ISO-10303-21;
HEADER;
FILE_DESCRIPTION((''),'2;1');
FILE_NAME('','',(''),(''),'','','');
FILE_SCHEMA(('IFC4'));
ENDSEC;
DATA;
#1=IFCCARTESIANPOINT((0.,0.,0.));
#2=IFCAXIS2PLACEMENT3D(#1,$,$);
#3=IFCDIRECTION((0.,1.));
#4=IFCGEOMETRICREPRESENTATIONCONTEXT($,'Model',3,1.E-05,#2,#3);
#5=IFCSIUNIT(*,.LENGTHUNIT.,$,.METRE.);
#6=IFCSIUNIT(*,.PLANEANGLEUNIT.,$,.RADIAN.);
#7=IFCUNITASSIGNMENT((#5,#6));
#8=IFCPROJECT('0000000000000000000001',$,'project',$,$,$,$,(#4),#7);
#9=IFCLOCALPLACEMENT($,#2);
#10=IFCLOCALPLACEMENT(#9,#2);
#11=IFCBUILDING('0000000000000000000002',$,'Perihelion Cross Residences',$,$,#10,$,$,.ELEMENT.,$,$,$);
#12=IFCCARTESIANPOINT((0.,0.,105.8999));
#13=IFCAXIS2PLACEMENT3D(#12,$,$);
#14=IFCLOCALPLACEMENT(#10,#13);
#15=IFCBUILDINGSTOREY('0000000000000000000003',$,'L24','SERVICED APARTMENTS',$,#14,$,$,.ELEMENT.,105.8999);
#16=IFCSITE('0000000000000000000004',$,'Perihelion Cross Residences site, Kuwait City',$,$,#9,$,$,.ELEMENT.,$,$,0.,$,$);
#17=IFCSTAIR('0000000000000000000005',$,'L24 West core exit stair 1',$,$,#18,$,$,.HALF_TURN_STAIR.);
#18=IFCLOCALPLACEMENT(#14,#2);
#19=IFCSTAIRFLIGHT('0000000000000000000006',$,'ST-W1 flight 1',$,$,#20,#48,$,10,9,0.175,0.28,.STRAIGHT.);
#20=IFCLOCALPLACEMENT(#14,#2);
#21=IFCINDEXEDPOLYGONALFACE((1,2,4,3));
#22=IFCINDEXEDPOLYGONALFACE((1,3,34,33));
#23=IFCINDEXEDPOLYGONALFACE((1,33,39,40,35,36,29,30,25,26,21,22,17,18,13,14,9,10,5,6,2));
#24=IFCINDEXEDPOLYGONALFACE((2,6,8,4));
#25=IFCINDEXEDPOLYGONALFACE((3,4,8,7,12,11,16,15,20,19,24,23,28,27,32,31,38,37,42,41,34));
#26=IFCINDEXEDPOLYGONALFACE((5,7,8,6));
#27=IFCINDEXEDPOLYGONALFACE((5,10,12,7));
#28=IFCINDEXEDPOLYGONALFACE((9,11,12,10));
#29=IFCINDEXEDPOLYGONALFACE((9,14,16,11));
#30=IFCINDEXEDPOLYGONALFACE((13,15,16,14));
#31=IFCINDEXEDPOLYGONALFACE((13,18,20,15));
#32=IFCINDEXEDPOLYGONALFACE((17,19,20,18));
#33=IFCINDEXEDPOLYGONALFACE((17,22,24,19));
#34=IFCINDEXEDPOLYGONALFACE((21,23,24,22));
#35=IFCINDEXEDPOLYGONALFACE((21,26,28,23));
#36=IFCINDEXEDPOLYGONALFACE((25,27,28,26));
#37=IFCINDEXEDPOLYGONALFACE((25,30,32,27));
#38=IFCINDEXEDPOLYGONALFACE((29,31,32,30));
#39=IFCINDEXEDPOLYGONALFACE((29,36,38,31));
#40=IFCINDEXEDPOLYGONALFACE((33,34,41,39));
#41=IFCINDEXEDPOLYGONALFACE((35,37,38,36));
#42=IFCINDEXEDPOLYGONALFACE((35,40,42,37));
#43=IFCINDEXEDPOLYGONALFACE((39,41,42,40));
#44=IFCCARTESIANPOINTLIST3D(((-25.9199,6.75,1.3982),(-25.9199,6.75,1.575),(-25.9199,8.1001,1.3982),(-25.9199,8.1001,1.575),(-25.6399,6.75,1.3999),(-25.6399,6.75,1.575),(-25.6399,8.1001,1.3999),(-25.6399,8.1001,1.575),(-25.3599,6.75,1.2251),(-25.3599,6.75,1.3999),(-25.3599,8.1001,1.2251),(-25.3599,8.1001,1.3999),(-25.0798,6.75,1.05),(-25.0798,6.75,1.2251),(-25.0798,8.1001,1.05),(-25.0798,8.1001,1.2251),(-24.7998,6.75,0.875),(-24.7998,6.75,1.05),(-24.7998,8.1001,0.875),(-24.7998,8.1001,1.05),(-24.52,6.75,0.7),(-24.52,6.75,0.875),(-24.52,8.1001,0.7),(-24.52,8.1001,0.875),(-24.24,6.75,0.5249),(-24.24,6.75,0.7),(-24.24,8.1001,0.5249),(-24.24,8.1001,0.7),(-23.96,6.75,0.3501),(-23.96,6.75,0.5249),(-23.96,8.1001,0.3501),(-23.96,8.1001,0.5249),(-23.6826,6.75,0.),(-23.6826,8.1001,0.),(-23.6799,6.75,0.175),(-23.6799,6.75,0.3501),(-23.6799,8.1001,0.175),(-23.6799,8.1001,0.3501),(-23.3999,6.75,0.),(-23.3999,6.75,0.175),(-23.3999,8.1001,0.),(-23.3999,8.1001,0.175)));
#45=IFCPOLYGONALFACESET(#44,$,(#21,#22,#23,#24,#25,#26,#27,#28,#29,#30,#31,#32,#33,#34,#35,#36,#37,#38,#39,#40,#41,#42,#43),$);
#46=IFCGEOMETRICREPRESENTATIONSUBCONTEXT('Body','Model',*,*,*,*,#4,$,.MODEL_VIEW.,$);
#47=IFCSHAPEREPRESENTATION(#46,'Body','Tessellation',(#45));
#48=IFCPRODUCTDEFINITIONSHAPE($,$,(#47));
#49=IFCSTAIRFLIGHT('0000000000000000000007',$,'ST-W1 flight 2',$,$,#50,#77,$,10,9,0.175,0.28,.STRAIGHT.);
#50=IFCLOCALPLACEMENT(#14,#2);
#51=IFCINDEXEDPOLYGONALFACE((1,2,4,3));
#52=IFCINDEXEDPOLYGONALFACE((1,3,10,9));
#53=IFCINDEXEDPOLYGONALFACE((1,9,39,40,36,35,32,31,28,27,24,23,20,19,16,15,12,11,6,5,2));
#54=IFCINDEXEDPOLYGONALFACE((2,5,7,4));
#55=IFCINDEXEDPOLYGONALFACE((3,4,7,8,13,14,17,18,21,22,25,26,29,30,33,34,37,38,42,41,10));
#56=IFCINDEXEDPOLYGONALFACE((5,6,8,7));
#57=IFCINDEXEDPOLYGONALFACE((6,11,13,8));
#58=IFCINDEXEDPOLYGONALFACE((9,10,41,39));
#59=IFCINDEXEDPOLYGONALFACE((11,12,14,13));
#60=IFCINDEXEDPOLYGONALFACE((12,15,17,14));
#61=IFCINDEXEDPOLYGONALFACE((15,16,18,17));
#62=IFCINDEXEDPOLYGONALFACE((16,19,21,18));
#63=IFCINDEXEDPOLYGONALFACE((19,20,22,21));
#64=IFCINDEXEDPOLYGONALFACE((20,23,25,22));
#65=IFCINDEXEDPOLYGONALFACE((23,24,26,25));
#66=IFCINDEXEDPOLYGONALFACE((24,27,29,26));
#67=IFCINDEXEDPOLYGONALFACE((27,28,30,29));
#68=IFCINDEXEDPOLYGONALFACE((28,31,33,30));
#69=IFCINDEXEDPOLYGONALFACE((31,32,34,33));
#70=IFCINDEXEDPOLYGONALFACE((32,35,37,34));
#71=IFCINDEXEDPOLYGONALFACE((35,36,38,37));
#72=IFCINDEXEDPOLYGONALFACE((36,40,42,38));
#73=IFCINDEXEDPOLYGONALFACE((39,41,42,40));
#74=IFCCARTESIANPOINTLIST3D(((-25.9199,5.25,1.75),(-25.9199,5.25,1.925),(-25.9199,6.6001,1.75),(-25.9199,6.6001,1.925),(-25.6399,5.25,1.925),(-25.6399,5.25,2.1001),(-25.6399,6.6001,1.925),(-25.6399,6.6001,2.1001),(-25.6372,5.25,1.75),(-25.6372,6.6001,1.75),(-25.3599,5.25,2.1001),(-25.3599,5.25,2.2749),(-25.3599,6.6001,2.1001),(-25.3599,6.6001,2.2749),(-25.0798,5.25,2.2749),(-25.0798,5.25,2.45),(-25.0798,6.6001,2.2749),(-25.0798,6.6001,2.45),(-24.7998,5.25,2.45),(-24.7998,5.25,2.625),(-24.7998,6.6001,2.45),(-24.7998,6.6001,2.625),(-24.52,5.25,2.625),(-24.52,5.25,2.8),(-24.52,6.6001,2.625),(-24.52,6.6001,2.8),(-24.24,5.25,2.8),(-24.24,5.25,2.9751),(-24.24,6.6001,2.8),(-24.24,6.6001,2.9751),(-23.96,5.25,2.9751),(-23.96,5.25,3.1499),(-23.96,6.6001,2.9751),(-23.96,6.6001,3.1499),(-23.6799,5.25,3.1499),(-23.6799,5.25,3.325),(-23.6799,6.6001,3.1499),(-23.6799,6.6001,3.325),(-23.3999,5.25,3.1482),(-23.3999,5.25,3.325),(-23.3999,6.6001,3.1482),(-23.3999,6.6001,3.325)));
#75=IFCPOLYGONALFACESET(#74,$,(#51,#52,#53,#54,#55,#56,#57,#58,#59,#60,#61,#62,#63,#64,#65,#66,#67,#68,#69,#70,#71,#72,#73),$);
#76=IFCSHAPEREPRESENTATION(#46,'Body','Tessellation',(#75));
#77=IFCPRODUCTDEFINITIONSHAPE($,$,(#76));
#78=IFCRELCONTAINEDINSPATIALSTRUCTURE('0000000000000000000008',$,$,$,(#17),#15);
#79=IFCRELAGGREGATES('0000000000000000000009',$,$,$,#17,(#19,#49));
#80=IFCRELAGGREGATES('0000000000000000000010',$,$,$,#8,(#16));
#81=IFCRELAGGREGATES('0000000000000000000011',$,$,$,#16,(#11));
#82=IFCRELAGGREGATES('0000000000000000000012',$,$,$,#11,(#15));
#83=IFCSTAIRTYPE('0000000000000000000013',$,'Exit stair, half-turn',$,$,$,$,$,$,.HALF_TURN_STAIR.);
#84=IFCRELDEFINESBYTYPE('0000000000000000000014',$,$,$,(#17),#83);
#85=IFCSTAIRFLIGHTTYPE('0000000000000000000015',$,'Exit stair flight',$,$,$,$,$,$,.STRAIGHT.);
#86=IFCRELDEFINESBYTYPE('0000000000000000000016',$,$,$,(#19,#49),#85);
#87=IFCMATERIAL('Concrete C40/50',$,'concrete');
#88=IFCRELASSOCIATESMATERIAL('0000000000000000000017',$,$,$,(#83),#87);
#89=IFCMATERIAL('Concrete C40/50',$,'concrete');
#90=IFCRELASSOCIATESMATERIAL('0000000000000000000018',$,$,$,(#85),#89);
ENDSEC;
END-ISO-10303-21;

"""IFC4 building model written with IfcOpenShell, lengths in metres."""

from ifc_helpers import new_model, si_unit, direction, frame, origin, place, context, subcontext, project, spatial, polyline, outline, extrude, material, type_object, element, aggregate, save


model = new_model("IFC4")

# Units and contexts
model_context = context("Model", 3, precision=1e-05, world=origin(), true_north=direction((0.0, 1.0)))
body_context = subcontext(model_context, "Body", "Model", "MODEL_VIEW")
ifc_project = project(units=[si_unit("LENGTHUNIT", "METRE"), si_unit("PLANEANGLEUNIT", "RADIAN")], contexts=[model_context])

# Site, building, storey
site_placement = place(None, origin())
site = spatial("IfcSite", under=ifc_project, at=site_placement, Name="Perihelion Cross Residences site, Kuwait City", CompositionType="ELEMENT", RefElevation=0.0)
building_placement = place(site_placement, origin())
building = spatial("IfcBuilding", under=site, at=building_placement, Name="Perihelion Cross Residences", CompositionType="ELEMENT")
storey_placement = place(building_placement, frame((0.0, 0.0, 105.8999)))
storey = spatial("IfcBuildingStorey", under=building, at=storey_placement, Name="L24", Description="SERVICED APARTMENTS", CompositionType="ELEMENT", Elevation=105.8999)

# Stair, stair flights
ifc_material_1 = material(Name="Concrete C40/50", Category="concrete")
stair_type = type_object("IfcStairType", Name="Exit stair, half-turn", PredefinedType="HALF_TURN_STAIR", material=ifc_material_1)
stair_placement = place(storey_placement, origin())
stair = element("IfcStair", 1, at=stair_placement, inside=storey, type_object=stair_type, Name="L24 West core exit stair 1", PredefinedType="HALF_TURN_STAIR")
ifc_material_2 = material(Name="Concrete C40/50", Category="concrete")
stair_flight_type = type_object("IfcStairFlightType", Name="Exit stair flight", PredefinedType="STRAIGHT", material=ifc_material_2)
stair_flight_1_placement = place(storey_placement, frame((-23.3999, 7.425, 0.0), z_axis=(0.0, 0.0, 1.0), x_axis=(-1.0, 0.0, 0.0)))
stair_flight_1 = element("IfcStairFlight", 2, at=stair_flight_1_placement, type_object=stair_flight_type, Name="ST-W1 flight 1", NumberOfRisers=10, NumberOfTreads=9, PredefinedType="STRAIGHT", RiserHeight=0.175, TreadLength=0.28, context=body_context, shape_type="SweptSolid", body=[
    extrude(outline(polyline([(0.0, 0.0), (0.0, 0.175), (0.28, 0.175), (0.28, 0.3501), (0.5601, 0.3501), (0.5601, 0.5249), (0.8401, 0.5249), (0.8401, 0.7), (1.1201, 0.7), (1.1201, 0.875), (1.3999, 0.875), (1.3999, 1.05), (1.6799, 1.05), (1.6799, 1.2251), (1.96, 1.2251), (1.96, 1.3999), (2.24, 1.3999), (2.24, 1.575), (2.52, 1.575), (2.52, 1.75), (2.52, 1.3982), (0.2827, 0.0), (0.0, 0.0)])), frame((0.0, 0.675, 0.0), z_axis=(0.0, -1.0, 0.0), x_axis=(1.0, 0.0, 0.0)), (0.0, 0.0, 1.0), 1.3501),
])
stair_flight_2_placement = place(storey_placement, frame((-25.9199, 5.925, 1.75), z_axis=(0.0, 0.0, 1.0), x_axis=(1.0, 0.0, 0.0)))
stair_flight_2 = element("IfcStairFlight", 3, at=stair_flight_2_placement, type_object=stair_flight_type, Name="ST-W1 flight 2", NumberOfRisers=10, NumberOfTreads=9, PredefinedType="STRAIGHT", RiserHeight=0.175, TreadLength=0.28, context=body_context, shape_type="SweptSolid", body=[
    extrude(outline(polyline([(0.0, 0.0), (0.0, 0.175), (0.28, 0.175), (0.28, 0.3501), (0.5601, 0.3501), (0.5601, 0.5249), (0.8401, 0.5249), (0.8401, 0.7), (1.1201, 0.7), (1.1201, 0.875), (1.3999, 0.875), (1.3999, 1.05), (1.6799, 1.05), (1.6799, 1.2251), (1.96, 1.2251), (1.96, 1.3999), (2.24, 1.3999), (2.24, 1.575), (2.52, 1.575), (2.52, 1.75), (2.52, 1.3982), (0.2827, 0.0), (0.0, 0.0)])), frame((0.0, 0.675, 0.0), z_axis=(0.0, -1.0, 0.0), x_axis=(1.0, 0.0, 0.0)), (0.0, 0.0, 1.0), 1.3501),
])
aggregate(stair, [stair_flight_1, stair_flight_2])

save(model, "model.ifc")
